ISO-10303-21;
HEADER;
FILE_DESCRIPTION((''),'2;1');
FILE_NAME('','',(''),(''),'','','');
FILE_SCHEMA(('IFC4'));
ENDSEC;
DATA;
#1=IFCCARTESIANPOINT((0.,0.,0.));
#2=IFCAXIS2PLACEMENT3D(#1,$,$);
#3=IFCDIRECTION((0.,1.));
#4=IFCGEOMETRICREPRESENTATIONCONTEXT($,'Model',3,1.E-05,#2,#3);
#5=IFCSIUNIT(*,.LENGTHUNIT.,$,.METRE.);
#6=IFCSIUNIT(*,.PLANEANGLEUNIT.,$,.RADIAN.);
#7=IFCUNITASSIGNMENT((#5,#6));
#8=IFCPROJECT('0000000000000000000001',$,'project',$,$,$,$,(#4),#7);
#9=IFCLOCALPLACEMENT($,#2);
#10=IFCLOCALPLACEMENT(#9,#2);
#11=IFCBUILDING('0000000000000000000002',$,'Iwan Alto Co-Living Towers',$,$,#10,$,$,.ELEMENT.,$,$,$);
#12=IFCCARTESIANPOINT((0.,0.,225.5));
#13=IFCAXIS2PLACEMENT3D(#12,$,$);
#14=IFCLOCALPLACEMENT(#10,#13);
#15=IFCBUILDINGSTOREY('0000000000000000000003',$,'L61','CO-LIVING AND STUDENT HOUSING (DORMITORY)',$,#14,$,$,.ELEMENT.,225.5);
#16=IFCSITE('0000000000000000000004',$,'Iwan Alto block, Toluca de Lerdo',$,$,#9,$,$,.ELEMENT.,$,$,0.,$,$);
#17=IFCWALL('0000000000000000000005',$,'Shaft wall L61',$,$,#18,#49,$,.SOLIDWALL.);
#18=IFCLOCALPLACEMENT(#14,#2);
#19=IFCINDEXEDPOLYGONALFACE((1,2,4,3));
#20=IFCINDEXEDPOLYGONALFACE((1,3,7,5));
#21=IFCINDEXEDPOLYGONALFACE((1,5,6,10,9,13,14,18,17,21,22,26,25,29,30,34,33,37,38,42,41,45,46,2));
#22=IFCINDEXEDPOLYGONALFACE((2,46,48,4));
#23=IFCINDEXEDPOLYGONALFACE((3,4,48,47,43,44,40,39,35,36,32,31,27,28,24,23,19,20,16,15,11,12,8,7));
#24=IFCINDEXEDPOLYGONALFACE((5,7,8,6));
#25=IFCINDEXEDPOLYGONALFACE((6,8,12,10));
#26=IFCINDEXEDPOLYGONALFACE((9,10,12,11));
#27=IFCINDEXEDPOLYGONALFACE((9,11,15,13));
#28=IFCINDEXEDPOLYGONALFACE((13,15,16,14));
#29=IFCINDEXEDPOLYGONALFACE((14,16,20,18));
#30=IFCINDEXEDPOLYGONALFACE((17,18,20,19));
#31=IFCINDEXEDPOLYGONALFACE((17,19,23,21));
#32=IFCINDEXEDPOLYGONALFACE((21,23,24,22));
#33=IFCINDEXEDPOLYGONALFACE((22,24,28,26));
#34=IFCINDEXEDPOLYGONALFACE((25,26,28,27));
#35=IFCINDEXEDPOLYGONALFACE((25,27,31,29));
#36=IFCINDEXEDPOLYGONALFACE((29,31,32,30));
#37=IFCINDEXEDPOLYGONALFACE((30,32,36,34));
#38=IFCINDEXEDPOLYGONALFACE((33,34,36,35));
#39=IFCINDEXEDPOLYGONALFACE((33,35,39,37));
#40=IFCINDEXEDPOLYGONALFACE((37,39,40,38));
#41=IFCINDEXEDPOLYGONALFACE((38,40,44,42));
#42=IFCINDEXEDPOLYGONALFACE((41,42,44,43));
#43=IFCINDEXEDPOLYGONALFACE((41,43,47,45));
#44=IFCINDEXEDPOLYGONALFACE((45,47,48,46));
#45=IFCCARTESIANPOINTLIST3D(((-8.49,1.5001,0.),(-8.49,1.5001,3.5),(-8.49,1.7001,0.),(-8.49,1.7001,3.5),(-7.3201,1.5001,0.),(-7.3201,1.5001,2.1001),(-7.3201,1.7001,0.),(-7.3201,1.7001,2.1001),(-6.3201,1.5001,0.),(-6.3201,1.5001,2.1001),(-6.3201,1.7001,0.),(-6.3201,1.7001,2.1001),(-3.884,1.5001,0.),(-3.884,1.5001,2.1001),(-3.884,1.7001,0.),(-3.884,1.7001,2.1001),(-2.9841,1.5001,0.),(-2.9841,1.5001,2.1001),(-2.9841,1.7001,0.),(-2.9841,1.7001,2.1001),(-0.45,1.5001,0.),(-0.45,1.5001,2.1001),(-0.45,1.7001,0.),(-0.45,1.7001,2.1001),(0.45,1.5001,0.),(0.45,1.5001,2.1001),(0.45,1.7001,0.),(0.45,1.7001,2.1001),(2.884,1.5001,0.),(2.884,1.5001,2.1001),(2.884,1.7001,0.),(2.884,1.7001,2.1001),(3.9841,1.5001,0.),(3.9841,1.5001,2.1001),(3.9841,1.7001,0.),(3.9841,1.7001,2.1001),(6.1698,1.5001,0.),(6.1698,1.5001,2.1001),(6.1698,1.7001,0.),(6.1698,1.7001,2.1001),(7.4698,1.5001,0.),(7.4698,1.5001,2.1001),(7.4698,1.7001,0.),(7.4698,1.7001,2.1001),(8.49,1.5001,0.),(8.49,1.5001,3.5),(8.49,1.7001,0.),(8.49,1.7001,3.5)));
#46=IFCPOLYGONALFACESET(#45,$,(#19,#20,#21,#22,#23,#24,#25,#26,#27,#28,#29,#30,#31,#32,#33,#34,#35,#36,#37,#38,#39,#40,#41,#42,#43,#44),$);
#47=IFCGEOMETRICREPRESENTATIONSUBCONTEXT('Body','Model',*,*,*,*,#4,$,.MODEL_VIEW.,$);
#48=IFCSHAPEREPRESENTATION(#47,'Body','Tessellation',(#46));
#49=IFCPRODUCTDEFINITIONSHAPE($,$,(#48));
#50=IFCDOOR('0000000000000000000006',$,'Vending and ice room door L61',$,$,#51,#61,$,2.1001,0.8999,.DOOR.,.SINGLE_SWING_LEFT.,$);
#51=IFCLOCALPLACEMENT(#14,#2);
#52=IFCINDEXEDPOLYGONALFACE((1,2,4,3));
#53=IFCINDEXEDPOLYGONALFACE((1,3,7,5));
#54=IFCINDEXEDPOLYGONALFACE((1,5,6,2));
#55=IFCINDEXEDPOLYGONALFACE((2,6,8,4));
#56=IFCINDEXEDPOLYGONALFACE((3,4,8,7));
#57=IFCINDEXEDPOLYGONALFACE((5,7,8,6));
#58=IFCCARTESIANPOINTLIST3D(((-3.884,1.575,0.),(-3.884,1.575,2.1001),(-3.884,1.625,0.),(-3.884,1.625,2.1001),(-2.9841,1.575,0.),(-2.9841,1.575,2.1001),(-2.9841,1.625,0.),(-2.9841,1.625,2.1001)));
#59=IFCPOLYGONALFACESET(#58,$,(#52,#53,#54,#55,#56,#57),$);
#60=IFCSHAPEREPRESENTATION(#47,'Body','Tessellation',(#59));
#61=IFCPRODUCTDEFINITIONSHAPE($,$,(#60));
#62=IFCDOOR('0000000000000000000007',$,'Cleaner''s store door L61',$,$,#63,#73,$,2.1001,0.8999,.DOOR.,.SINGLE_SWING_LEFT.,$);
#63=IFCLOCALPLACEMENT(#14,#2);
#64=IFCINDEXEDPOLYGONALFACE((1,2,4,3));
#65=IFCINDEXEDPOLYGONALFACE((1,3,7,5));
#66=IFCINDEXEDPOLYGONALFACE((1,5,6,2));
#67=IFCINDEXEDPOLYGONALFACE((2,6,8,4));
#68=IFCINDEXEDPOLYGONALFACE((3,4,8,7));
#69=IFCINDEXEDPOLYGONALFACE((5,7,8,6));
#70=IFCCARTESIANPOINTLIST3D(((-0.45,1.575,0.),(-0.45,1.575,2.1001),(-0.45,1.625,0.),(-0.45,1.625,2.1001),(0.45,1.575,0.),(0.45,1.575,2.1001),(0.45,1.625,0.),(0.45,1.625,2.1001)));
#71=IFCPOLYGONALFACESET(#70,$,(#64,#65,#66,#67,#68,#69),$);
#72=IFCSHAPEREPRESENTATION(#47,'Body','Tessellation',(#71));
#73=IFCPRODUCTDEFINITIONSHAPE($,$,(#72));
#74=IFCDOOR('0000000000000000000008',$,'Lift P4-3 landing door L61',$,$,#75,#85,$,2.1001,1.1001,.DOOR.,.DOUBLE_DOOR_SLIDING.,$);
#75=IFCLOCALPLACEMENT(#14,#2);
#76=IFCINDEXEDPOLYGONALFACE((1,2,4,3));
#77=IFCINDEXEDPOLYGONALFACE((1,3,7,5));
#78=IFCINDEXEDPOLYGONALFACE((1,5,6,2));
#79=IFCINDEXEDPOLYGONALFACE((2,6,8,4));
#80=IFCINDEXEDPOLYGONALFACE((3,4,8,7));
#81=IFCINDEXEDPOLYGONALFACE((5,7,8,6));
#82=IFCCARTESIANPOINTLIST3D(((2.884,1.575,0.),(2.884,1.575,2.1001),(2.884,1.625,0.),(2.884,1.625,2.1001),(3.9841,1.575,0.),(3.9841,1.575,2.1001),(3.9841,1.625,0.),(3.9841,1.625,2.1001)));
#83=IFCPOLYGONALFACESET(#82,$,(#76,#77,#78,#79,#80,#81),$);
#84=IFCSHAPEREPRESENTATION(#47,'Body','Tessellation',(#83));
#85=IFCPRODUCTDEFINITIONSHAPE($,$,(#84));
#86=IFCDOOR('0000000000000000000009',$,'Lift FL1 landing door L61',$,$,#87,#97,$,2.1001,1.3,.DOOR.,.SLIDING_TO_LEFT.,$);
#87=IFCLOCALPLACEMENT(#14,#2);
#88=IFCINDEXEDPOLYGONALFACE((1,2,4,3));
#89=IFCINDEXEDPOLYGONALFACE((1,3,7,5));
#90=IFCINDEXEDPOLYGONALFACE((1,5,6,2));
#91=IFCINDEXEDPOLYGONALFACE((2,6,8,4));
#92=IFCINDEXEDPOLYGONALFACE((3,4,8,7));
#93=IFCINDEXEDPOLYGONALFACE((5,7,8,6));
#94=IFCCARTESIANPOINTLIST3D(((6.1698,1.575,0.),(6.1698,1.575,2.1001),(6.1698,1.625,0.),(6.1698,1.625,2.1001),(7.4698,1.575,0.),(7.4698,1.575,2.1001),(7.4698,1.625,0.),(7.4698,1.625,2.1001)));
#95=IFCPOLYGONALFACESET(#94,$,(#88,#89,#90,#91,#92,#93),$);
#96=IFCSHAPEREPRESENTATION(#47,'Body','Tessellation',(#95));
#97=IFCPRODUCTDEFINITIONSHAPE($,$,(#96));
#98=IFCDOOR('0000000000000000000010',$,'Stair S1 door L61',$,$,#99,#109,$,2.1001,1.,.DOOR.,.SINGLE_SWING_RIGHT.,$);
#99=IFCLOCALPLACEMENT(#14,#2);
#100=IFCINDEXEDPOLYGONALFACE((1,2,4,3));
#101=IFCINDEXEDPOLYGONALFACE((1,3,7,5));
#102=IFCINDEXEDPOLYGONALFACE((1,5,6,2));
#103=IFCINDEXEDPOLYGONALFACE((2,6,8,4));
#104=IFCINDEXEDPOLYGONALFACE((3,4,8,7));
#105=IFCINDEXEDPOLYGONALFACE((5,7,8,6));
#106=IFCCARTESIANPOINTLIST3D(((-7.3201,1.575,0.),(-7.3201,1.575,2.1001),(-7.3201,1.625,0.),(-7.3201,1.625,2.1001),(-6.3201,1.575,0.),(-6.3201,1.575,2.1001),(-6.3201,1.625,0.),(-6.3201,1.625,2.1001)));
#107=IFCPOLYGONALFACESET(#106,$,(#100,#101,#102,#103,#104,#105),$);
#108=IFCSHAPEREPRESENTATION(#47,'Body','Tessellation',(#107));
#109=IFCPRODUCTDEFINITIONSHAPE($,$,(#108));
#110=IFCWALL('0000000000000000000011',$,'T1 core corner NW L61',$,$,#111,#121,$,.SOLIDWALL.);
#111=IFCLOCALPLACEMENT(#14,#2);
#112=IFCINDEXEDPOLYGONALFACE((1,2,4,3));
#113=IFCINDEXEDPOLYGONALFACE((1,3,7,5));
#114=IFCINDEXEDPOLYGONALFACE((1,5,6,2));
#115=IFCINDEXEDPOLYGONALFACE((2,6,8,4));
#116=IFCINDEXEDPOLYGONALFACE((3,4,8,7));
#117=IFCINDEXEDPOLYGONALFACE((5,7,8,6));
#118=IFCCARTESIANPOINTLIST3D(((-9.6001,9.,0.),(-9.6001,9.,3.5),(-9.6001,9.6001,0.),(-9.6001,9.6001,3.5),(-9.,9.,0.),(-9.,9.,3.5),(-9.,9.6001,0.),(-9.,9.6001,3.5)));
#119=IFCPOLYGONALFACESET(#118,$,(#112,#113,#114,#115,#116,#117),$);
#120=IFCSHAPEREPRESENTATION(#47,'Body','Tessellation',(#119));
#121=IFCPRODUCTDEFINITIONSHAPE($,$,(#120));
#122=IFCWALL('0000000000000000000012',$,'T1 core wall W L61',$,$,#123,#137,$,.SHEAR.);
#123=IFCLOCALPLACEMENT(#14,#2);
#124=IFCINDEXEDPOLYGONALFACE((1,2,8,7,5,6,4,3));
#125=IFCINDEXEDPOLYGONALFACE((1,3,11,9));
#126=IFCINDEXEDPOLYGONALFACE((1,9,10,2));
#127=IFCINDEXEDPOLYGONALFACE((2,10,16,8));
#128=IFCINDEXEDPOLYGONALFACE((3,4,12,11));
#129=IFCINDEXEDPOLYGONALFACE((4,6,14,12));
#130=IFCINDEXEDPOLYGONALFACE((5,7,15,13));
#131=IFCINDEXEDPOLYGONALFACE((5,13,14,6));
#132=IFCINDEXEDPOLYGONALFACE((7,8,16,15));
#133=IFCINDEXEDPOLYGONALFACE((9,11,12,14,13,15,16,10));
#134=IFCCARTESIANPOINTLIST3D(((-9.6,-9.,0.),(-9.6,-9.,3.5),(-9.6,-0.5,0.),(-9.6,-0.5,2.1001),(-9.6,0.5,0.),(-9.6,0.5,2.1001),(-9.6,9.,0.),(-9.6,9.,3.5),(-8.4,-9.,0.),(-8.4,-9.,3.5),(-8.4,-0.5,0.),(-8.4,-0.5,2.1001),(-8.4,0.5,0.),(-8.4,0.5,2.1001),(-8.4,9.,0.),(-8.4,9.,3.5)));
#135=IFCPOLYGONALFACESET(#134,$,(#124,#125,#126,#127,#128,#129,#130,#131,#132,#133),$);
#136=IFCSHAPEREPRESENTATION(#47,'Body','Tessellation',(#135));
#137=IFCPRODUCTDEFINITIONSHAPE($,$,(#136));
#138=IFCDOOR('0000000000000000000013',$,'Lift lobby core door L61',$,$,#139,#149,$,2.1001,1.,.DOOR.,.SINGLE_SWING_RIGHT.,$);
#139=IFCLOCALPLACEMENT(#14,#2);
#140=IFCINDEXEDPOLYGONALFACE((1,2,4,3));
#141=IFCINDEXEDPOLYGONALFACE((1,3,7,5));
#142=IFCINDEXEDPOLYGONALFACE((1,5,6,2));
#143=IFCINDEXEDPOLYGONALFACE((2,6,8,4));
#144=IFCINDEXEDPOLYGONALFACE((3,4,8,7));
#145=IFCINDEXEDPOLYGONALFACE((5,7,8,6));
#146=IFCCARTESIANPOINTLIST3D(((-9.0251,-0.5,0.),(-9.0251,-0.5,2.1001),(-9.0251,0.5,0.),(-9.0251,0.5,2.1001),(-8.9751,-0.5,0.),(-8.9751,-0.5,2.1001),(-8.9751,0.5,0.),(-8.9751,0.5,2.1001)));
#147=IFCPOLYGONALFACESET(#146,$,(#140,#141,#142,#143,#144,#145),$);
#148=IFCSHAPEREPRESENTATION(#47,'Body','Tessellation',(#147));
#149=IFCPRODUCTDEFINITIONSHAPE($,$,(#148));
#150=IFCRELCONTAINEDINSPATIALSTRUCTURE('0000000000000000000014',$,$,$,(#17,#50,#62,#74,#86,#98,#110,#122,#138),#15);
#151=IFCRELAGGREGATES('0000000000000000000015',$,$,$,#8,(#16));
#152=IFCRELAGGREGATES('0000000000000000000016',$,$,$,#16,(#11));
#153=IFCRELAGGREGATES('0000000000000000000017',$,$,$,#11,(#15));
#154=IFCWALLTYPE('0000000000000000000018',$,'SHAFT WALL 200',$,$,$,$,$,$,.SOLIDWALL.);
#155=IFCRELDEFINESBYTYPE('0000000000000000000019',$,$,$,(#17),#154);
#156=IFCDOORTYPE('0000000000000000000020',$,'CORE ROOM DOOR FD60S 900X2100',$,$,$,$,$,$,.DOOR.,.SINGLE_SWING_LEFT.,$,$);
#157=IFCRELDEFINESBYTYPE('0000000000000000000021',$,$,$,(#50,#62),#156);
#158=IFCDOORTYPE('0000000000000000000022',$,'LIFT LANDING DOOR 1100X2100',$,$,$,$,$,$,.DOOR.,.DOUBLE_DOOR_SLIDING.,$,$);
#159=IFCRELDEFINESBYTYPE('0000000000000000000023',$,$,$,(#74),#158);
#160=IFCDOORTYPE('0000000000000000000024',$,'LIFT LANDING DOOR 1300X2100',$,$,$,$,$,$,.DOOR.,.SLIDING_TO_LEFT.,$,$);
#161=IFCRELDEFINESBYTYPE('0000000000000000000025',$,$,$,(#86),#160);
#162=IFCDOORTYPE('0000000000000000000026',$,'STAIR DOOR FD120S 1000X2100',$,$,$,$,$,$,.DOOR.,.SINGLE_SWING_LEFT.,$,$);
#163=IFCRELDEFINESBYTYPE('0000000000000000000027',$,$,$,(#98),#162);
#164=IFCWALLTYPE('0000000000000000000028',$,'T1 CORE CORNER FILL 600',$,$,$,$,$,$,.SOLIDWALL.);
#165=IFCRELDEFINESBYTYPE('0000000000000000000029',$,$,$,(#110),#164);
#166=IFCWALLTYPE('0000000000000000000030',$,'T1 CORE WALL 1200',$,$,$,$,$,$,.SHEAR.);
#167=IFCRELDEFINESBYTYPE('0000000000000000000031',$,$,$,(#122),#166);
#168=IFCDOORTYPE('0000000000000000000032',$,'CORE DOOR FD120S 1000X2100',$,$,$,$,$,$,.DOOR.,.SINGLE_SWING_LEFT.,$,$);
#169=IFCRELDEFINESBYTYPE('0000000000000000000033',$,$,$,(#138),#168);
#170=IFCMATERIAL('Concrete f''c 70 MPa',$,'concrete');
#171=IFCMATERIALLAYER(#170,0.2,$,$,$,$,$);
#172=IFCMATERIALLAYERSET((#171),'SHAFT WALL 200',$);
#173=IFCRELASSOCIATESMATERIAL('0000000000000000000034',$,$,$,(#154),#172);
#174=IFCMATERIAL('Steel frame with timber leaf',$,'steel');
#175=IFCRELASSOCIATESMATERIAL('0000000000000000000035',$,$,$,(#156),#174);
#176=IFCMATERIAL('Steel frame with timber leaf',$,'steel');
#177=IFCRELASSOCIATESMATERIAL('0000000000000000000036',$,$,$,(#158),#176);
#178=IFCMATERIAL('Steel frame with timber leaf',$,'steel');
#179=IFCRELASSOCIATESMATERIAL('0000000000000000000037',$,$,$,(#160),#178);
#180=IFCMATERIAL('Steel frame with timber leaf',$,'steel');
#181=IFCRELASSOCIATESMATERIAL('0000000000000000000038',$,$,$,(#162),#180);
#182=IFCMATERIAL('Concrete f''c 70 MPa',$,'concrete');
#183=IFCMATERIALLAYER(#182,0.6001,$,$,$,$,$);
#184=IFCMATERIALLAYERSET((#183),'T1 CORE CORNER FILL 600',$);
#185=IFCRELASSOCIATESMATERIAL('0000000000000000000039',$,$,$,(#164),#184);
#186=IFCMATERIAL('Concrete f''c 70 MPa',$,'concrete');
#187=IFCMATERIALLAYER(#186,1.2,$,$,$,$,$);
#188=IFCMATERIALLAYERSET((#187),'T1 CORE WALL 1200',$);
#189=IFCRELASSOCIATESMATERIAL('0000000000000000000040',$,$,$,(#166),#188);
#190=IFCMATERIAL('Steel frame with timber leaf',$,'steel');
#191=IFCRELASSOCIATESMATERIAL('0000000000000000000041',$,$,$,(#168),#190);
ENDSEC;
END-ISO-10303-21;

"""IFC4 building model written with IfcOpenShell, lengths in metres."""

from ifc_helpers import new_model, si_unit, direction, frame, frame_2d, origin, place, context, subcontext, project, spatial, rectangle, extrude, material, layer, layer_set, type_object, element, fill, save


model = new_model("IFC4")

# Units and contexts
model_context = context("Model", 3, precision=1e-05, world=origin(), true_north=direction((0.0, 1.0)))
body_context = subcontext(model_context, "Body", "Model", "MODEL_VIEW")
ifc_project = project(units=[si_unit("LENGTHUNIT", "METRE"), si_unit("PLANEANGLEUNIT", "RADIAN")], contexts=[model_context])

# Site, building, storey
site_placement = place(None, origin())
site = spatial("IfcSite", under=ifc_project, at=site_placement, Name="Iwan Alto block, Toluca de Lerdo", CompositionType="ELEMENT", RefElevation=0.0)
building_placement = place(site_placement, origin())
building = spatial("IfcBuilding", under=site, at=building_placement, Name="Iwan Alto Co-Living Towers", CompositionType="ELEMENT")
storey_placement = place(building_placement, frame((0.0, 0.0, 225.5)))
storey = spatial("IfcBuildingStorey", under=building, at=storey_placement, Name="L61", Description="CO-LIVING AND STUDENT HOUSING (DORMITORY)", CompositionType="ELEMENT", Elevation=225.5)

# Wall, openings, doors
ifc_material_1 = material(Name="Concrete f'c 70 MPa", Category="concrete")
ifc_layer_1 = layer(ifc_material_1, 0.2)
ifc_layer_set_1 = layer_set([ifc_layer_1], Name="SHAFT WALL 200")
wall_type_1 = type_object("IfcWallType", Name="SHAFT WALL 200", PredefinedType="SOLIDWALL", material=ifc_layer_set_1)
wall_1_placement = place(storey_placement, frame((-8.49, 1.6001, 0.0), z_axis=(0.0, 0.0, 1.0), x_axis=(1.0, 0.0, 0.0)))
wall_1 = element("IfcWall", 1, at=wall_1_placement, inside=storey, type_object=wall_type_1, Name="Shaft wall L61", PredefinedType="SOLIDWALL", context=body_context, shape_type="SweptSolid", body=[
    extrude(rectangle(XDim=16.98, YDim=0.2, at=frame_2d((8.49, 0.0))), origin(), (0.0, 0.0, 1.0), 3.5),
])
opening_1_placement = place(wall_1_placement, frame((1.1699, 0.0, 0.0)))
opening_1 = element("IfcOpeningElement", 2, at=opening_1_placement, cuts=wall_1, PredefinedType="OPENING", context=body_context, shape_type="SweptSolid", body=[
    extrude(rectangle(XDim=1.0, YDim=2.1001, at=frame_2d((0.5, 1.05))), frame((0.0, 0.1099, 0.0), z_axis=(0.0, -1.0, 0.0), x_axis=(1.0, 0.0, 0.0)), (0.0, 0.0, 1.0), 0.22),
])
opening_2_placement = place(wall_1_placement, frame((4.606, 0.0, 0.0)))
opening_2 = element("IfcOpeningElement", 3, at=opening_2_placement, cuts=wall_1, PredefinedType="OPENING", context=body_context, shape_type="SweptSolid", body=[
    extrude(rectangle(XDim=0.8999, YDim=2.1001, at=frame_2d((0.45, 1.05))), frame((0.0, 0.1099, 0.0), z_axis=(0.0, -1.0, 0.0), x_axis=(1.0, 0.0, 0.0)), (0.0, 0.0, 1.0), 0.22),
])
opening_3_placement = place(wall_1_placement, frame((8.04, 0.0, 0.0)))
opening_3 = element("IfcOpeningElement", 4, at=opening_3_placement, cuts=wall_1, PredefinedType="OPENING", context=body_context, shape_type="SweptSolid", body=[
    extrude(rectangle(XDim=0.8999, YDim=2.1001, at=frame_2d((0.45, 1.05))), frame((0.0, 0.1099, 0.0), z_axis=(0.0, -1.0, 0.0), x_axis=(1.0, 0.0, 0.0)), (0.0, 0.0, 1.0), 0.22),
])
opening_4_placement = place(wall_1_placement, frame((11.374, 0.0, 0.0)))
opening_4 = element("IfcOpeningElement", 5, at=opening_4_placement, cuts=wall_1, PredefinedType="OPENING", context=body_context, shape_type="SweptSolid", body=[
    extrude(rectangle(XDim=1.1001, YDim=2.1001, at=frame_2d((0.55, 1.05))), frame((0.0, 0.1099, 0.0), z_axis=(0.0, -1.0, 0.0), x_axis=(1.0, 0.0, 0.0)), (0.0, 0.0, 1.0), 0.22),
])
opening_5_placement = place(wall_1_placement, frame((14.6599, 0.0, 0.0)))
opening_5 = element("IfcOpeningElement", 6, at=opening_5_placement, cuts=wall_1, PredefinedType="OPENING", context=body_context, shape_type="SweptSolid", body=[
    extrude(rectangle(XDim=1.3, YDim=2.1001, at=frame_2d((0.6499, 1.05))), frame((0.0, 0.1099, 0.0), z_axis=(0.0, -1.0, 0.0), x_axis=(1.0, 0.0, 0.0)), (0.0, 0.0, 1.0), 0.22),
])
ifc_material_2 = material(Name="Steel frame with timber leaf", Category="steel")
door_type_1 = type_object("IfcDoorType", Name="CORE ROOM DOOR FD60S 900X2100", OperationType="SINGLE_SWING_LEFT", PredefinedType="DOOR", material=ifc_material_2)
door_1_placement = place(opening_2_placement, origin())
door_1 = element("IfcDoor", 7, at=door_1_placement, inside=storey, type_object=door_type_1, Name="Vending and ice room door L61", OperationType="SINGLE_SWING_LEFT", OverallHeight=2.1001, OverallWidth=0.8999, PredefinedType="DOOR", context=body_context, shape_type="SweptSolid", body=[
    extrude(rectangle(XDim=0.8999, YDim=2.1001, at=frame_2d((0.45, 1.05))), frame((0.0, 0.0249, 0.0), z_axis=(0.0, -1.0, 0.0), x_axis=(1.0, 0.0, 0.0)), (0.0, 0.0, 1.0), 0.05),
])
fill(opening_2, door_1)
door_2_placement = place(opening_3_placement, origin())
door_2 = element("IfcDoor", 8, at=door_2_placement, inside=storey, type_object=door_type_1, Name="Cleaner's store door L61", OperationType="SINGLE_SWING_LEFT", OverallHeight=2.1001, OverallWidth=0.8999, PredefinedType="DOOR", context=body_context, shape_type="SweptSolid", body=[
    extrude(rectangle(XDim=0.8999, YDim=2.1001, at=frame_2d((0.45, 1.05))), frame((0.0, 0.0249, 0.0), z_axis=(0.0, -1.0, 0.0), x_axis=(1.0, 0.0, 0.0)), (0.0, 0.0, 1.0), 0.05),
])
fill(opening_3, door_2)
ifc_material_3 = material(Name="Steel frame with timber leaf", Category="steel")
door_type_2 = type_object("IfcDoorType", Name="LIFT LANDING DOOR 1100X2100", OperationType="DOUBLE_DOOR_SLIDING", PredefinedType="DOOR", material=ifc_material_3)
door_3_placement = place(opening_4_placement, origin())
door_3 = element("IfcDoor", 9, at=door_3_placement, inside=storey, type_object=door_type_2, Name="Lift P4-3 landing door L61", OperationType="DOUBLE_DOOR_SLIDING", OverallHeight=2.1001, OverallWidth=1.1001, PredefinedType="DOOR", context=body_context, shape_type="SweptSolid", body=[
    extrude(rectangle(XDim=1.1001, YDim=2.1001, at=frame_2d((0.55, 1.05))), frame((0.0, 0.0249, 0.0), z_axis=(0.0, -1.0, 0.0), x_axis=(1.0, 0.0, 0.0)), (0.0, 0.0, 1.0), 0.05),
])
fill(opening_4, door_3)
ifc_material_4 = material(Name="Steel frame with timber leaf", Category="steel")
door_type_3 = type_object("IfcDoorType", Name="LIFT LANDING DOOR 1300X2100", OperationType="SLIDING_TO_LEFT", PredefinedType="DOOR", material=ifc_material_4)
door_4_placement = place(opening_5_placement, origin())
door_4 = element("IfcDoor", 10, at=door_4_placement, inside=storey, type_object=door_type_3, Name="Lift FL1 landing door L61", OperationType="SLIDING_TO_LEFT", OverallHeight=2.1001, OverallWidth=1.3, PredefinedType="DOOR", context=body_context, shape_type="SweptSolid", body=[
    extrude(rectangle(XDim=1.3, YDim=2.1001, at=frame_2d((0.6499, 1.05))), frame((0.0, 0.0249, 0.0), z_axis=(0.0, -1.0, 0.0), x_axis=(1.0, 0.0, 0.0)), (0.0, 0.0, 1.0), 0.05),
])
fill(opening_5, door_4)
ifc_material_5 = material(Name="Steel frame with timber leaf", Category="steel")
door_type_4 = type_object("IfcDoorType", Name="STAIR DOOR FD120S 1000X2100", OperationType="SINGLE_SWING_LEFT", PredefinedType="DOOR", material=ifc_material_5)
door_5_placement = place(opening_1_placement, origin())
door_5 = element("IfcDoor", 11, at=door_5_placement, inside=storey, type_object=door_type_4, Name="Stair S1 door L61", OperationType="SINGLE_SWING_RIGHT", OverallHeight=2.1001, OverallWidth=1.0, PredefinedType="DOOR", context=body_context, shape_type="SweptSolid", body=[
    extrude(rectangle(XDim=1.0, YDim=2.1001, at=frame_2d((0.5, 1.05))), frame((0.0, 0.0249, 0.0), z_axis=(0.0, -1.0, 0.0), x_axis=(1.0, 0.0, 0.0)), (0.0, 0.0, 1.0), 0.05),
])
fill(opening_1, door_5)

# Wall
ifc_material_6 = material(Name="Concrete f'c 70 MPa", Category="concrete")
ifc_layer_2 = layer(ifc_material_6, 0.6001)
ifc_layer_set_2 = layer_set([ifc_layer_2], Name="T1 CORE CORNER FILL 600")
wall_type_2 = type_object("IfcWallType", Name="T1 CORE CORNER FILL 600", PredefinedType="SOLIDWALL", material=ifc_layer_set_2)
wall_2_placement = place(storey_placement, frame((-9.6001, 9.3, 0.0), z_axis=(0.0, 0.0, 1.0), x_axis=(1.0, 0.0, 0.0)))
element("IfcWall", 12, at=wall_2_placement, inside=storey, type_object=wall_type_2, Name="T1 core corner NW L61", PredefinedType="SOLIDWALL", context=body_context, shape_type="SweptSolid", body=[
    extrude(rectangle(XDim=0.6001, YDim=0.6001, at=frame_2d((0.3, 0.0))), origin(), (0.0, 0.0, 1.0), 3.5),
])

# Wall, opening, door
ifc_material_7 = material(Name="Concrete f'c 70 MPa", Category="concrete")
ifc_layer_3 = layer(ifc_material_7, 1.2)
ifc_layer_set_3 = layer_set([ifc_layer_3], Name="T1 CORE WALL 1200")
wall_type_3 = type_object("IfcWallType", Name="T1 CORE WALL 1200", PredefinedType="SHEAR", material=ifc_layer_set_3)
wall_3_placement = place(storey_placement, frame((-9.0, 9.0, 0.0), z_axis=(0.0, 0.0, 1.0), x_axis=(0.0, -1.0, 0.0)))
wall_3 = element("IfcWall", 13, at=wall_3_placement, inside=storey, type_object=wall_type_3, Name="T1 core wall W L61", PredefinedType="SHEAR", context=body_context, shape_type="SweptSolid", body=[
    extrude(rectangle(XDim=18.0, YDim=1.2, at=frame_2d((9.0, 0.0))), origin(), (0.0, 0.0, 1.0), 3.5),
])
opening_6_placement = place(wall_3_placement, frame((8.5, 0.0, 0.0)))
opening_6 = element("IfcOpeningElement", 14, at=opening_6_placement, cuts=wall_3, PredefinedType="OPENING", context=body_context, shape_type="SweptSolid", body=[
    extrude(rectangle(XDim=1.0, YDim=2.1001, at=frame_2d((0.5, 1.05))), frame((0.0, 0.6099, 0.0), z_axis=(0.0, -1.0, 0.0), x_axis=(1.0, 0.0, 0.0)), (0.0, 0.0, 1.0), 1.22),
])
ifc_material_8 = material(Name="Steel frame with timber leaf", Category="steel")
door_type_5 = type_object("IfcDoorType", Name="CORE DOOR FD120S 1000X2100", OperationType="SINGLE_SWING_LEFT", PredefinedType="DOOR", material=ifc_material_8)
door_6_placement = place(opening_6_placement, origin())
door_6 = element("IfcDoor", 15, at=door_6_placement, inside=storey, type_object=door_type_5, Name="Lift lobby core door L61", OperationType="SINGLE_SWING_RIGHT", OverallHeight=2.1001, OverallWidth=1.0, PredefinedType="DOOR", context=body_context, shape_type="SweptSolid", body=[
    extrude(rectangle(XDim=1.0, YDim=2.1001, at=frame_2d((0.5, 1.05))), frame((0.0, 0.0249, 0.0), z_axis=(0.0, -1.0, 0.0), x_axis=(1.0, 0.0, 0.0)), (0.0, 0.0, 1.0), 0.05),
])
fill(opening_6, door_6)

save(model, "model.ifc")
